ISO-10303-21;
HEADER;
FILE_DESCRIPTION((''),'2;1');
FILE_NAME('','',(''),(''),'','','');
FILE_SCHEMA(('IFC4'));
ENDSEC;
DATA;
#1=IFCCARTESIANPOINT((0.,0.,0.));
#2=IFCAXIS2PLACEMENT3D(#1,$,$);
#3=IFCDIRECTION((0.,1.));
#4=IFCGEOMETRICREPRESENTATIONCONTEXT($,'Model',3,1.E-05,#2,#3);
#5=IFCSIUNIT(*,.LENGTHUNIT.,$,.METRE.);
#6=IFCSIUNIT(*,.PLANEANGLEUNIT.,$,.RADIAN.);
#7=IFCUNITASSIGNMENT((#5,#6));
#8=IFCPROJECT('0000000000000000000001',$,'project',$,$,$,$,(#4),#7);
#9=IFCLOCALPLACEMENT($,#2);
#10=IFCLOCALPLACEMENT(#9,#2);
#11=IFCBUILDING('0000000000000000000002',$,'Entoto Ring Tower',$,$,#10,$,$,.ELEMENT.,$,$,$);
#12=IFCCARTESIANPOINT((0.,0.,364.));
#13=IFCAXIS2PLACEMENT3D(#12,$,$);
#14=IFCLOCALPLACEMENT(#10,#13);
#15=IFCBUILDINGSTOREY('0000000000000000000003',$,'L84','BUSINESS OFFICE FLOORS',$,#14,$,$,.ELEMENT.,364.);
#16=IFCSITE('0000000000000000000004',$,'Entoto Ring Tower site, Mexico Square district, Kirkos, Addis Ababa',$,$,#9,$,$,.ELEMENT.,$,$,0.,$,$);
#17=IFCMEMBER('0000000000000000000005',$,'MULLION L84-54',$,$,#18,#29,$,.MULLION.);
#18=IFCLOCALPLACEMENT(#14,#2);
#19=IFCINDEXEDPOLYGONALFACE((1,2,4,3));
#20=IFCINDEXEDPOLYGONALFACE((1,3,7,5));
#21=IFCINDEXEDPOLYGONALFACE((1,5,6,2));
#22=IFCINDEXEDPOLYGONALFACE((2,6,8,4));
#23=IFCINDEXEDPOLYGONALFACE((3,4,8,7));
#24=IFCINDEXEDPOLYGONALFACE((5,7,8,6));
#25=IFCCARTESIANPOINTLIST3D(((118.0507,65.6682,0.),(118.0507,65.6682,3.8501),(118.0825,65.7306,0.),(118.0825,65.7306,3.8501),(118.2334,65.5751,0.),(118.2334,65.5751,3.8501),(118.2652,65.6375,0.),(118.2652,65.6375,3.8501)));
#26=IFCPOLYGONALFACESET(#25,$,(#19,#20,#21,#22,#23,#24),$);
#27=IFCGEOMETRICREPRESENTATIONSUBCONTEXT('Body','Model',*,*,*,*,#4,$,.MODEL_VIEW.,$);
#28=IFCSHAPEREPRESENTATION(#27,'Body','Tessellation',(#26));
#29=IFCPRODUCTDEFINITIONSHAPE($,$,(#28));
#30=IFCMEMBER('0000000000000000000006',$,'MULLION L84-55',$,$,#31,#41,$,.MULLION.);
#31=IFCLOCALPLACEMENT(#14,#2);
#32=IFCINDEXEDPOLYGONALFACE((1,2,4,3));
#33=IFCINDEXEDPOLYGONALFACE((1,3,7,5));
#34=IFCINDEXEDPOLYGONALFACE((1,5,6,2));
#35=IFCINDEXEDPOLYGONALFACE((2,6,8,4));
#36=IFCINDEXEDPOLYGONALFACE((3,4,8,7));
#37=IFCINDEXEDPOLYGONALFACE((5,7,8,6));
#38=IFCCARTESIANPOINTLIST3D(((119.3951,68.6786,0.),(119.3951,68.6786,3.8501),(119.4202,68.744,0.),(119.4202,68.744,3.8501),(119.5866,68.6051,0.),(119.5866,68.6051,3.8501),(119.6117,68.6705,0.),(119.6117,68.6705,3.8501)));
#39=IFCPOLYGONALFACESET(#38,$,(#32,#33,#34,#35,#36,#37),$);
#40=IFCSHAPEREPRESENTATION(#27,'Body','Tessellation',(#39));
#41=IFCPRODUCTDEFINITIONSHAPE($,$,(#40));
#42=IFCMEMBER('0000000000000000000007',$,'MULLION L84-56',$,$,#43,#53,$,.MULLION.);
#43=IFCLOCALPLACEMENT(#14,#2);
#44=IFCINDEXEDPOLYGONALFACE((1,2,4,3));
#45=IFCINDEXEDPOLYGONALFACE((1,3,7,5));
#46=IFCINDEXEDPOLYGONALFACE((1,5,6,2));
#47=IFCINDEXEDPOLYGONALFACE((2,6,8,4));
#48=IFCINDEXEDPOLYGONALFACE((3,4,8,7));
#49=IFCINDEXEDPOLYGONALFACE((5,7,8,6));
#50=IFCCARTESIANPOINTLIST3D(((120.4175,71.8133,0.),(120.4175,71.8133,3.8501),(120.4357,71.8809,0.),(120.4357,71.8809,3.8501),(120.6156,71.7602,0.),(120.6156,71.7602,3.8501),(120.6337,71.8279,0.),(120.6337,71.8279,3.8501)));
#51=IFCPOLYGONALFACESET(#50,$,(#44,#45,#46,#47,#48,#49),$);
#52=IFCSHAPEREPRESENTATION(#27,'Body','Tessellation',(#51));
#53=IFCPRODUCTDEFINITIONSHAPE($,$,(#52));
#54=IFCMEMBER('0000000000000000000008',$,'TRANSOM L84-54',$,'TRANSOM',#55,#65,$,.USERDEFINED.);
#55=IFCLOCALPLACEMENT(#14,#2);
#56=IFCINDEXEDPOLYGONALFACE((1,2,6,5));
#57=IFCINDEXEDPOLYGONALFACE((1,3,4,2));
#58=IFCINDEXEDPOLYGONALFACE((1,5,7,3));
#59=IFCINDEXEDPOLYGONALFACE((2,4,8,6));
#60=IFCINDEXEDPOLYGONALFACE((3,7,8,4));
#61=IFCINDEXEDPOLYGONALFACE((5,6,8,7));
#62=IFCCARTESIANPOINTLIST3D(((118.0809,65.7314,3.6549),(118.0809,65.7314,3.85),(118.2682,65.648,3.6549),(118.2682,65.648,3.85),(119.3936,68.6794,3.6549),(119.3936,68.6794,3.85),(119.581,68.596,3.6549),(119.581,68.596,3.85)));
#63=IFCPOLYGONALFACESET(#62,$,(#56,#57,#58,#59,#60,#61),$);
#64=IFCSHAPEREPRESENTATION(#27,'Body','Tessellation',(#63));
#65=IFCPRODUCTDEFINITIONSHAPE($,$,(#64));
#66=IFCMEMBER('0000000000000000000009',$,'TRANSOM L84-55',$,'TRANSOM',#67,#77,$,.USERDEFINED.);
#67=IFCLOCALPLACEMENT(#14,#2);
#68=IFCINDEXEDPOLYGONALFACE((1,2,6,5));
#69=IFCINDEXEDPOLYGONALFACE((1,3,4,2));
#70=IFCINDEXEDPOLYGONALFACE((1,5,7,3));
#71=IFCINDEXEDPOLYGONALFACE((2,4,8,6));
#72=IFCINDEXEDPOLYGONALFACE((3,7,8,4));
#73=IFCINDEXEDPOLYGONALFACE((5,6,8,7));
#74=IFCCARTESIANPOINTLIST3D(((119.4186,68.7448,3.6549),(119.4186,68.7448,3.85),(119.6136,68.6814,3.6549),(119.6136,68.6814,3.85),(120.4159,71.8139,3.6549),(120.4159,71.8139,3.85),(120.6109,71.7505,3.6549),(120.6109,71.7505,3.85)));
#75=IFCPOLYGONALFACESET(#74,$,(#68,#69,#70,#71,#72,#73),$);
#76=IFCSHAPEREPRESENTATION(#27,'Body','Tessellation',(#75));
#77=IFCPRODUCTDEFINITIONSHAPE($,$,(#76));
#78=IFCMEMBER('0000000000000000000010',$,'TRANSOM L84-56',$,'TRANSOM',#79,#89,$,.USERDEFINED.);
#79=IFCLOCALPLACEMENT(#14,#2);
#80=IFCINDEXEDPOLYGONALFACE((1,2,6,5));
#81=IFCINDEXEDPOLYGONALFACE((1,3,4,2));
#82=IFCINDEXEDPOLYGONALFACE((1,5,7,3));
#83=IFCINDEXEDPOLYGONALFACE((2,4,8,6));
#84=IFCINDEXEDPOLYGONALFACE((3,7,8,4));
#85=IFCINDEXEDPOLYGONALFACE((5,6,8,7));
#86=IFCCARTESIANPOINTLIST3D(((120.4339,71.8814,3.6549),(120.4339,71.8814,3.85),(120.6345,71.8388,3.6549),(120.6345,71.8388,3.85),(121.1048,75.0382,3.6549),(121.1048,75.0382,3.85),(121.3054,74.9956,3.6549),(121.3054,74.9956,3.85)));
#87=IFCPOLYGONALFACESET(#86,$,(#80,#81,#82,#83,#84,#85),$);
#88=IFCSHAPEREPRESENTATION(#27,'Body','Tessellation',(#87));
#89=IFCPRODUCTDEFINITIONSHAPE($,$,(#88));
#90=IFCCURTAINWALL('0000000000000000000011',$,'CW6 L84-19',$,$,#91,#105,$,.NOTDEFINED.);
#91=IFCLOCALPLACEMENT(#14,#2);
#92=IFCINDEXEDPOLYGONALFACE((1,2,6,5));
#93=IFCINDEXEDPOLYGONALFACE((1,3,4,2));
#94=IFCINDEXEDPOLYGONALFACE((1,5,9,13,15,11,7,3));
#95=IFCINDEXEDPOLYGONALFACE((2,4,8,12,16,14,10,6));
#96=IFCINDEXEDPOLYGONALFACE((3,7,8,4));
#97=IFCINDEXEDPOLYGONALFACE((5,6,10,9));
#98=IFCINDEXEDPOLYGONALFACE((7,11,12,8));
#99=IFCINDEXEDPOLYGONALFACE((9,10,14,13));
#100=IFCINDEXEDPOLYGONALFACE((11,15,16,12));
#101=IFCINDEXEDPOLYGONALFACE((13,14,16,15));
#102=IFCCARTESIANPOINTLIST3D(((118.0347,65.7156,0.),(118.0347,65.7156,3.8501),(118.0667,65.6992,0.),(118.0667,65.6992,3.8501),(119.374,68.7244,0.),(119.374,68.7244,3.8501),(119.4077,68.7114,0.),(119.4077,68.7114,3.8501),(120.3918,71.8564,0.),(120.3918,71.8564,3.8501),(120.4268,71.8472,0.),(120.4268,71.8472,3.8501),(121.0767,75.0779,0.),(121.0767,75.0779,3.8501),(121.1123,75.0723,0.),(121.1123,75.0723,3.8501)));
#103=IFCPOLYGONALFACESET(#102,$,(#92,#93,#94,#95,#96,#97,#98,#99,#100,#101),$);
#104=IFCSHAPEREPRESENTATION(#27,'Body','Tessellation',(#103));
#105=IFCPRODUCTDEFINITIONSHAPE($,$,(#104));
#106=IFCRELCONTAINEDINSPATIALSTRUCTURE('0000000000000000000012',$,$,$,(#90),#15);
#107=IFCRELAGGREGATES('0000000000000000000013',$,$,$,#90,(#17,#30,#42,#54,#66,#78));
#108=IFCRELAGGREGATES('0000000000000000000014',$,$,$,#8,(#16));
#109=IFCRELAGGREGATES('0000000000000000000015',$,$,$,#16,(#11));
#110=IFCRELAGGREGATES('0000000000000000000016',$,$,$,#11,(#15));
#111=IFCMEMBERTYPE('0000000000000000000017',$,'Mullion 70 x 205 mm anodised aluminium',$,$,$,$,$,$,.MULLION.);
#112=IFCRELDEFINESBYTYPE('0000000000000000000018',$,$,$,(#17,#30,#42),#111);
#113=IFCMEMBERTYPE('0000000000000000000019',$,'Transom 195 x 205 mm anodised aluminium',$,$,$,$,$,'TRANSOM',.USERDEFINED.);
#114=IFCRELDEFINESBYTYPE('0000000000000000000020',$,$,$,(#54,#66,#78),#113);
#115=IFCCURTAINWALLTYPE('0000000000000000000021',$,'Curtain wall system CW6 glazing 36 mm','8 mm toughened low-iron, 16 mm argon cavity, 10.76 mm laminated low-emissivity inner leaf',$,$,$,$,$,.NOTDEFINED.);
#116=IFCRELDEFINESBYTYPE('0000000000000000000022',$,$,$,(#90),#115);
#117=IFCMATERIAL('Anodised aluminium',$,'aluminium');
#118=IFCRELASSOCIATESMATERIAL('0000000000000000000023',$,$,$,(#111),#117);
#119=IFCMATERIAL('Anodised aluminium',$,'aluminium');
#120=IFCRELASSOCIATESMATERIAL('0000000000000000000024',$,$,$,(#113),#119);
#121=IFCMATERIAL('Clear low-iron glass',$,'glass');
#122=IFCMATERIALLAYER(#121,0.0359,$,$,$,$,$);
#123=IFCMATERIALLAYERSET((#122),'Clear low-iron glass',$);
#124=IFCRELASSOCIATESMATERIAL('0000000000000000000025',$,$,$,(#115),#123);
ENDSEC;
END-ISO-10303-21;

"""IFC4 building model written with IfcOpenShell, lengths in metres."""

from ifc_helpers import new_model, si_unit, direction, frame, origin, origin_2d, place, context, subcontext, project, spatial, polyline, rectangle, outline, extrude, material, layer, layer_set, material_profile, profile_set, type_object, element, aggregate, save


model = new_model("IFC4")

# Units and contexts
model_context = context("Model", 3, precision=1e-05, world=origin(), true_north=direction((0.0, 1.0)))
body_context = subcontext(model_context, "Body", "Model", "MODEL_VIEW")
ifc_project = project(units=[si_unit("LENGTHUNIT", "METRE"), si_unit("PLANEANGLEUNIT", "RADIAN")], contexts=[model_context])

# Members
ifc_material_1 = material(Name="Anodised aluminium", Category="aluminium")
ifc_material_profile_1 = material_profile(ifc_material_1, rectangle(XDim=0.0701, YDim=0.2051, at=origin_2d()), Name="Mullion 70 x 205 mm anodised aluminium")
ifc_profile_set_1 = profile_set([ifc_material_profile_1], Name="Anodised aluminium")
member_type_1 = type_object("IfcMemberType", Name="Mullion 70 x 205 mm anodised aluminium", PredefinedType="MULLION", material=ifc_profile_set_1)
site_placement = place(None, origin())
building_placement = place(site_placement, origin())
storey_placement = place(building_placement, frame((0.0, 0.0, 364.0)))
member_1_placement = place(storey_placement, frame((118.158, 65.6528, 0.0), z_axis=(0.0, 0.0, 1.0), x_axis=(0.45399, 0.891007, 0.0)))
member_1 = element("IfcMember", 1, at=member_1_placement, type_object=member_type_1, Name="MULLION L84-54", PredefinedType="MULLION", context=body_context, shape_type="SweptSolid", body=[
    extrude(rectangle(XDim=0.0701, YDim=0.2051, at=origin_2d()), origin(), (0.0, 0.0, 1.0), 3.8501),
])
member_2_placement = place(storey_placement, frame((119.5034, 68.6746, 0.0), z_axis=(0.0, 0.0, 1.0), x_axis=(0.358368, 0.93358, 0.0)))
member_2 = element("IfcMember", 2, at=member_2_placement, type_object=member_type_1, Name="MULLION L84-55", PredefinedType="MULLION", context=body_context, shape_type="SweptSolid", body=[
    extrude(rectangle(XDim=0.0701, YDim=0.2051, at=origin_2d()), origin(), (0.0, 0.0, 1.0), 3.8501),
])
member_3_placement = place(storey_placement, frame((120.5256, 71.8206, 0.0), z_axis=(0.0, 0.0, 1.0), x_axis=(0.258819, 0.965926, 0.0)))
member_3 = element("IfcMember", 3, at=member_3_placement, type_object=member_type_1, Name="MULLION L84-56", PredefinedType="MULLION", context=body_context, shape_type="SweptSolid", body=[
    extrude(rectangle(XDim=0.0701, YDim=0.2051, at=origin_2d()), origin(), (0.0, 0.0, 1.0), 3.8501),
])
ifc_material_2 = material(Name="Anodised aluminium", Category="aluminium")
ifc_material_profile_2 = material_profile(ifc_material_2, rectangle(XDim=0.2051, YDim=0.1951, at=origin_2d()), Name="Transom 195 x 205 mm anodised aluminium")
ifc_profile_set_2 = profile_set([ifc_material_profile_2], Name="Anodised aluminium")
member_type_2 = type_object("IfcMemberType", Name="Transom 195 x 205 mm anodised aluminium", ElementType="TRANSOM", PredefinedType="USERDEFINED", material=ifc_profile_set_2)
member_4_placement = place(storey_placement, frame((118.1746, 65.6897, 3.7524), z_axis=(0.406791, 0.913521, 0.0), x_axis=(-0.913521, 0.406791, 0.0)))
member_4 = element("IfcMember", 4, at=member_4_placement, type_object=member_type_2, Name="TRANSOM L84-54", ObjectType="TRANSOM", PredefinedType="USERDEFINED", context=body_context, shape_type="SweptSolid", body=[
    extrude(rectangle(XDim=0.2051, YDim=0.1951, at=origin_2d()), origin(), (0.0, 0.0, 1.0), 3.2271),
])
member_5_placement = place(storey_placement, frame((119.5161, 68.7131, 3.7524), z_axis=(0.309047, 0.951047, 0.0), x_axis=(-0.951047, 0.309047, 0.0)))
member_5 = element("IfcMember", 5, at=member_5_placement, type_object=member_type_2, Name="TRANSOM L84-55", ObjectType="TRANSOM", PredefinedType="USERDEFINED", context=body_context, shape_type="SweptSolid", body=[
    extrude(rectangle(XDim=0.2051, YDim=0.1951, at=origin_2d()), origin(), (0.0, 0.0, 1.0), 3.2271),
])
member_6_placement = place(storey_placement, frame((120.5342, 71.8601, 3.7524), z_axis=(0.207886, 0.978153, 0.0), x_axis=(-0.978153, 0.207886, 0.0)))
member_6 = element("IfcMember", 6, at=member_6_placement, type_object=member_type_2, Name="TRANSOM L84-56", ObjectType="TRANSOM", PredefinedType="USERDEFINED", context=body_context, shape_type="SweptSolid", body=[
    extrude(rectangle(XDim=0.2051, YDim=0.1951, at=origin_2d()), origin(), (0.0, 0.0, 1.0), 3.2273),
])

# Site, building, storey
site = spatial("IfcSite", under=ifc_project, at=site_placement, Name="Entoto Ring Tower site, Mexico Square district, Kirkos, Addis Ababa", CompositionType="ELEMENT", RefElevation=0.0)
building = spatial("IfcBuilding", under=site, at=building_placement, Name="Entoto Ring Tower", CompositionType="ELEMENT")
storey = spatial("IfcBuildingStorey", under=building, at=storey_placement, Name="L84", Description="BUSINESS OFFICE FLOORS", CompositionType="ELEMENT", Elevation=364.0)

# Curtain wall
ifc_material_3 = material(Name="Clear low-iron glass", Category="glass")
ifc_layer_1 = layer(ifc_material_3, 0.0359)
ifc_layer_set_1 = layer_set([ifc_layer_1], Name="Clear low-iron glass")
curtain_wall_type = type_object("IfcCurtainWallType", Name="Curtain wall system CW6 glazing 36 mm", Description="8 mm toughened low-iron, 16 mm argon cavity, 10.76 mm laminated low-emissivity inner leaf", PredefinedType="NOTDEFINED", material=ifc_layer_set_1)
curtain_wall_1_placement = place(storey_placement, origin())
curtain_wall_1 = element("IfcCurtainWall", 7, at=curtain_wall_1_placement, inside=storey, type_object=curtain_wall_type, Name="CW6 L84-19", PredefinedType="NOTDEFINED", context=body_context, shape_type="SweptSolid", body=[
    extrude(outline(polyline([(118.0667, 65.6992), (119.4077, 68.7114), (120.4268, 71.8472), (121.1123, 75.0723), (121.0767, 75.0779), (120.3918, 71.8564), (119.374, 68.7244), (118.0347, 65.7156), (118.0667, 65.6992)])), origin(), (0.0, 0.0, 1.0), 3.8501),
])
aggregate(curtain_wall_1, [member_1, member_2, member_3, member_4, member_5, member_6])

save(model, "model.ifc")
